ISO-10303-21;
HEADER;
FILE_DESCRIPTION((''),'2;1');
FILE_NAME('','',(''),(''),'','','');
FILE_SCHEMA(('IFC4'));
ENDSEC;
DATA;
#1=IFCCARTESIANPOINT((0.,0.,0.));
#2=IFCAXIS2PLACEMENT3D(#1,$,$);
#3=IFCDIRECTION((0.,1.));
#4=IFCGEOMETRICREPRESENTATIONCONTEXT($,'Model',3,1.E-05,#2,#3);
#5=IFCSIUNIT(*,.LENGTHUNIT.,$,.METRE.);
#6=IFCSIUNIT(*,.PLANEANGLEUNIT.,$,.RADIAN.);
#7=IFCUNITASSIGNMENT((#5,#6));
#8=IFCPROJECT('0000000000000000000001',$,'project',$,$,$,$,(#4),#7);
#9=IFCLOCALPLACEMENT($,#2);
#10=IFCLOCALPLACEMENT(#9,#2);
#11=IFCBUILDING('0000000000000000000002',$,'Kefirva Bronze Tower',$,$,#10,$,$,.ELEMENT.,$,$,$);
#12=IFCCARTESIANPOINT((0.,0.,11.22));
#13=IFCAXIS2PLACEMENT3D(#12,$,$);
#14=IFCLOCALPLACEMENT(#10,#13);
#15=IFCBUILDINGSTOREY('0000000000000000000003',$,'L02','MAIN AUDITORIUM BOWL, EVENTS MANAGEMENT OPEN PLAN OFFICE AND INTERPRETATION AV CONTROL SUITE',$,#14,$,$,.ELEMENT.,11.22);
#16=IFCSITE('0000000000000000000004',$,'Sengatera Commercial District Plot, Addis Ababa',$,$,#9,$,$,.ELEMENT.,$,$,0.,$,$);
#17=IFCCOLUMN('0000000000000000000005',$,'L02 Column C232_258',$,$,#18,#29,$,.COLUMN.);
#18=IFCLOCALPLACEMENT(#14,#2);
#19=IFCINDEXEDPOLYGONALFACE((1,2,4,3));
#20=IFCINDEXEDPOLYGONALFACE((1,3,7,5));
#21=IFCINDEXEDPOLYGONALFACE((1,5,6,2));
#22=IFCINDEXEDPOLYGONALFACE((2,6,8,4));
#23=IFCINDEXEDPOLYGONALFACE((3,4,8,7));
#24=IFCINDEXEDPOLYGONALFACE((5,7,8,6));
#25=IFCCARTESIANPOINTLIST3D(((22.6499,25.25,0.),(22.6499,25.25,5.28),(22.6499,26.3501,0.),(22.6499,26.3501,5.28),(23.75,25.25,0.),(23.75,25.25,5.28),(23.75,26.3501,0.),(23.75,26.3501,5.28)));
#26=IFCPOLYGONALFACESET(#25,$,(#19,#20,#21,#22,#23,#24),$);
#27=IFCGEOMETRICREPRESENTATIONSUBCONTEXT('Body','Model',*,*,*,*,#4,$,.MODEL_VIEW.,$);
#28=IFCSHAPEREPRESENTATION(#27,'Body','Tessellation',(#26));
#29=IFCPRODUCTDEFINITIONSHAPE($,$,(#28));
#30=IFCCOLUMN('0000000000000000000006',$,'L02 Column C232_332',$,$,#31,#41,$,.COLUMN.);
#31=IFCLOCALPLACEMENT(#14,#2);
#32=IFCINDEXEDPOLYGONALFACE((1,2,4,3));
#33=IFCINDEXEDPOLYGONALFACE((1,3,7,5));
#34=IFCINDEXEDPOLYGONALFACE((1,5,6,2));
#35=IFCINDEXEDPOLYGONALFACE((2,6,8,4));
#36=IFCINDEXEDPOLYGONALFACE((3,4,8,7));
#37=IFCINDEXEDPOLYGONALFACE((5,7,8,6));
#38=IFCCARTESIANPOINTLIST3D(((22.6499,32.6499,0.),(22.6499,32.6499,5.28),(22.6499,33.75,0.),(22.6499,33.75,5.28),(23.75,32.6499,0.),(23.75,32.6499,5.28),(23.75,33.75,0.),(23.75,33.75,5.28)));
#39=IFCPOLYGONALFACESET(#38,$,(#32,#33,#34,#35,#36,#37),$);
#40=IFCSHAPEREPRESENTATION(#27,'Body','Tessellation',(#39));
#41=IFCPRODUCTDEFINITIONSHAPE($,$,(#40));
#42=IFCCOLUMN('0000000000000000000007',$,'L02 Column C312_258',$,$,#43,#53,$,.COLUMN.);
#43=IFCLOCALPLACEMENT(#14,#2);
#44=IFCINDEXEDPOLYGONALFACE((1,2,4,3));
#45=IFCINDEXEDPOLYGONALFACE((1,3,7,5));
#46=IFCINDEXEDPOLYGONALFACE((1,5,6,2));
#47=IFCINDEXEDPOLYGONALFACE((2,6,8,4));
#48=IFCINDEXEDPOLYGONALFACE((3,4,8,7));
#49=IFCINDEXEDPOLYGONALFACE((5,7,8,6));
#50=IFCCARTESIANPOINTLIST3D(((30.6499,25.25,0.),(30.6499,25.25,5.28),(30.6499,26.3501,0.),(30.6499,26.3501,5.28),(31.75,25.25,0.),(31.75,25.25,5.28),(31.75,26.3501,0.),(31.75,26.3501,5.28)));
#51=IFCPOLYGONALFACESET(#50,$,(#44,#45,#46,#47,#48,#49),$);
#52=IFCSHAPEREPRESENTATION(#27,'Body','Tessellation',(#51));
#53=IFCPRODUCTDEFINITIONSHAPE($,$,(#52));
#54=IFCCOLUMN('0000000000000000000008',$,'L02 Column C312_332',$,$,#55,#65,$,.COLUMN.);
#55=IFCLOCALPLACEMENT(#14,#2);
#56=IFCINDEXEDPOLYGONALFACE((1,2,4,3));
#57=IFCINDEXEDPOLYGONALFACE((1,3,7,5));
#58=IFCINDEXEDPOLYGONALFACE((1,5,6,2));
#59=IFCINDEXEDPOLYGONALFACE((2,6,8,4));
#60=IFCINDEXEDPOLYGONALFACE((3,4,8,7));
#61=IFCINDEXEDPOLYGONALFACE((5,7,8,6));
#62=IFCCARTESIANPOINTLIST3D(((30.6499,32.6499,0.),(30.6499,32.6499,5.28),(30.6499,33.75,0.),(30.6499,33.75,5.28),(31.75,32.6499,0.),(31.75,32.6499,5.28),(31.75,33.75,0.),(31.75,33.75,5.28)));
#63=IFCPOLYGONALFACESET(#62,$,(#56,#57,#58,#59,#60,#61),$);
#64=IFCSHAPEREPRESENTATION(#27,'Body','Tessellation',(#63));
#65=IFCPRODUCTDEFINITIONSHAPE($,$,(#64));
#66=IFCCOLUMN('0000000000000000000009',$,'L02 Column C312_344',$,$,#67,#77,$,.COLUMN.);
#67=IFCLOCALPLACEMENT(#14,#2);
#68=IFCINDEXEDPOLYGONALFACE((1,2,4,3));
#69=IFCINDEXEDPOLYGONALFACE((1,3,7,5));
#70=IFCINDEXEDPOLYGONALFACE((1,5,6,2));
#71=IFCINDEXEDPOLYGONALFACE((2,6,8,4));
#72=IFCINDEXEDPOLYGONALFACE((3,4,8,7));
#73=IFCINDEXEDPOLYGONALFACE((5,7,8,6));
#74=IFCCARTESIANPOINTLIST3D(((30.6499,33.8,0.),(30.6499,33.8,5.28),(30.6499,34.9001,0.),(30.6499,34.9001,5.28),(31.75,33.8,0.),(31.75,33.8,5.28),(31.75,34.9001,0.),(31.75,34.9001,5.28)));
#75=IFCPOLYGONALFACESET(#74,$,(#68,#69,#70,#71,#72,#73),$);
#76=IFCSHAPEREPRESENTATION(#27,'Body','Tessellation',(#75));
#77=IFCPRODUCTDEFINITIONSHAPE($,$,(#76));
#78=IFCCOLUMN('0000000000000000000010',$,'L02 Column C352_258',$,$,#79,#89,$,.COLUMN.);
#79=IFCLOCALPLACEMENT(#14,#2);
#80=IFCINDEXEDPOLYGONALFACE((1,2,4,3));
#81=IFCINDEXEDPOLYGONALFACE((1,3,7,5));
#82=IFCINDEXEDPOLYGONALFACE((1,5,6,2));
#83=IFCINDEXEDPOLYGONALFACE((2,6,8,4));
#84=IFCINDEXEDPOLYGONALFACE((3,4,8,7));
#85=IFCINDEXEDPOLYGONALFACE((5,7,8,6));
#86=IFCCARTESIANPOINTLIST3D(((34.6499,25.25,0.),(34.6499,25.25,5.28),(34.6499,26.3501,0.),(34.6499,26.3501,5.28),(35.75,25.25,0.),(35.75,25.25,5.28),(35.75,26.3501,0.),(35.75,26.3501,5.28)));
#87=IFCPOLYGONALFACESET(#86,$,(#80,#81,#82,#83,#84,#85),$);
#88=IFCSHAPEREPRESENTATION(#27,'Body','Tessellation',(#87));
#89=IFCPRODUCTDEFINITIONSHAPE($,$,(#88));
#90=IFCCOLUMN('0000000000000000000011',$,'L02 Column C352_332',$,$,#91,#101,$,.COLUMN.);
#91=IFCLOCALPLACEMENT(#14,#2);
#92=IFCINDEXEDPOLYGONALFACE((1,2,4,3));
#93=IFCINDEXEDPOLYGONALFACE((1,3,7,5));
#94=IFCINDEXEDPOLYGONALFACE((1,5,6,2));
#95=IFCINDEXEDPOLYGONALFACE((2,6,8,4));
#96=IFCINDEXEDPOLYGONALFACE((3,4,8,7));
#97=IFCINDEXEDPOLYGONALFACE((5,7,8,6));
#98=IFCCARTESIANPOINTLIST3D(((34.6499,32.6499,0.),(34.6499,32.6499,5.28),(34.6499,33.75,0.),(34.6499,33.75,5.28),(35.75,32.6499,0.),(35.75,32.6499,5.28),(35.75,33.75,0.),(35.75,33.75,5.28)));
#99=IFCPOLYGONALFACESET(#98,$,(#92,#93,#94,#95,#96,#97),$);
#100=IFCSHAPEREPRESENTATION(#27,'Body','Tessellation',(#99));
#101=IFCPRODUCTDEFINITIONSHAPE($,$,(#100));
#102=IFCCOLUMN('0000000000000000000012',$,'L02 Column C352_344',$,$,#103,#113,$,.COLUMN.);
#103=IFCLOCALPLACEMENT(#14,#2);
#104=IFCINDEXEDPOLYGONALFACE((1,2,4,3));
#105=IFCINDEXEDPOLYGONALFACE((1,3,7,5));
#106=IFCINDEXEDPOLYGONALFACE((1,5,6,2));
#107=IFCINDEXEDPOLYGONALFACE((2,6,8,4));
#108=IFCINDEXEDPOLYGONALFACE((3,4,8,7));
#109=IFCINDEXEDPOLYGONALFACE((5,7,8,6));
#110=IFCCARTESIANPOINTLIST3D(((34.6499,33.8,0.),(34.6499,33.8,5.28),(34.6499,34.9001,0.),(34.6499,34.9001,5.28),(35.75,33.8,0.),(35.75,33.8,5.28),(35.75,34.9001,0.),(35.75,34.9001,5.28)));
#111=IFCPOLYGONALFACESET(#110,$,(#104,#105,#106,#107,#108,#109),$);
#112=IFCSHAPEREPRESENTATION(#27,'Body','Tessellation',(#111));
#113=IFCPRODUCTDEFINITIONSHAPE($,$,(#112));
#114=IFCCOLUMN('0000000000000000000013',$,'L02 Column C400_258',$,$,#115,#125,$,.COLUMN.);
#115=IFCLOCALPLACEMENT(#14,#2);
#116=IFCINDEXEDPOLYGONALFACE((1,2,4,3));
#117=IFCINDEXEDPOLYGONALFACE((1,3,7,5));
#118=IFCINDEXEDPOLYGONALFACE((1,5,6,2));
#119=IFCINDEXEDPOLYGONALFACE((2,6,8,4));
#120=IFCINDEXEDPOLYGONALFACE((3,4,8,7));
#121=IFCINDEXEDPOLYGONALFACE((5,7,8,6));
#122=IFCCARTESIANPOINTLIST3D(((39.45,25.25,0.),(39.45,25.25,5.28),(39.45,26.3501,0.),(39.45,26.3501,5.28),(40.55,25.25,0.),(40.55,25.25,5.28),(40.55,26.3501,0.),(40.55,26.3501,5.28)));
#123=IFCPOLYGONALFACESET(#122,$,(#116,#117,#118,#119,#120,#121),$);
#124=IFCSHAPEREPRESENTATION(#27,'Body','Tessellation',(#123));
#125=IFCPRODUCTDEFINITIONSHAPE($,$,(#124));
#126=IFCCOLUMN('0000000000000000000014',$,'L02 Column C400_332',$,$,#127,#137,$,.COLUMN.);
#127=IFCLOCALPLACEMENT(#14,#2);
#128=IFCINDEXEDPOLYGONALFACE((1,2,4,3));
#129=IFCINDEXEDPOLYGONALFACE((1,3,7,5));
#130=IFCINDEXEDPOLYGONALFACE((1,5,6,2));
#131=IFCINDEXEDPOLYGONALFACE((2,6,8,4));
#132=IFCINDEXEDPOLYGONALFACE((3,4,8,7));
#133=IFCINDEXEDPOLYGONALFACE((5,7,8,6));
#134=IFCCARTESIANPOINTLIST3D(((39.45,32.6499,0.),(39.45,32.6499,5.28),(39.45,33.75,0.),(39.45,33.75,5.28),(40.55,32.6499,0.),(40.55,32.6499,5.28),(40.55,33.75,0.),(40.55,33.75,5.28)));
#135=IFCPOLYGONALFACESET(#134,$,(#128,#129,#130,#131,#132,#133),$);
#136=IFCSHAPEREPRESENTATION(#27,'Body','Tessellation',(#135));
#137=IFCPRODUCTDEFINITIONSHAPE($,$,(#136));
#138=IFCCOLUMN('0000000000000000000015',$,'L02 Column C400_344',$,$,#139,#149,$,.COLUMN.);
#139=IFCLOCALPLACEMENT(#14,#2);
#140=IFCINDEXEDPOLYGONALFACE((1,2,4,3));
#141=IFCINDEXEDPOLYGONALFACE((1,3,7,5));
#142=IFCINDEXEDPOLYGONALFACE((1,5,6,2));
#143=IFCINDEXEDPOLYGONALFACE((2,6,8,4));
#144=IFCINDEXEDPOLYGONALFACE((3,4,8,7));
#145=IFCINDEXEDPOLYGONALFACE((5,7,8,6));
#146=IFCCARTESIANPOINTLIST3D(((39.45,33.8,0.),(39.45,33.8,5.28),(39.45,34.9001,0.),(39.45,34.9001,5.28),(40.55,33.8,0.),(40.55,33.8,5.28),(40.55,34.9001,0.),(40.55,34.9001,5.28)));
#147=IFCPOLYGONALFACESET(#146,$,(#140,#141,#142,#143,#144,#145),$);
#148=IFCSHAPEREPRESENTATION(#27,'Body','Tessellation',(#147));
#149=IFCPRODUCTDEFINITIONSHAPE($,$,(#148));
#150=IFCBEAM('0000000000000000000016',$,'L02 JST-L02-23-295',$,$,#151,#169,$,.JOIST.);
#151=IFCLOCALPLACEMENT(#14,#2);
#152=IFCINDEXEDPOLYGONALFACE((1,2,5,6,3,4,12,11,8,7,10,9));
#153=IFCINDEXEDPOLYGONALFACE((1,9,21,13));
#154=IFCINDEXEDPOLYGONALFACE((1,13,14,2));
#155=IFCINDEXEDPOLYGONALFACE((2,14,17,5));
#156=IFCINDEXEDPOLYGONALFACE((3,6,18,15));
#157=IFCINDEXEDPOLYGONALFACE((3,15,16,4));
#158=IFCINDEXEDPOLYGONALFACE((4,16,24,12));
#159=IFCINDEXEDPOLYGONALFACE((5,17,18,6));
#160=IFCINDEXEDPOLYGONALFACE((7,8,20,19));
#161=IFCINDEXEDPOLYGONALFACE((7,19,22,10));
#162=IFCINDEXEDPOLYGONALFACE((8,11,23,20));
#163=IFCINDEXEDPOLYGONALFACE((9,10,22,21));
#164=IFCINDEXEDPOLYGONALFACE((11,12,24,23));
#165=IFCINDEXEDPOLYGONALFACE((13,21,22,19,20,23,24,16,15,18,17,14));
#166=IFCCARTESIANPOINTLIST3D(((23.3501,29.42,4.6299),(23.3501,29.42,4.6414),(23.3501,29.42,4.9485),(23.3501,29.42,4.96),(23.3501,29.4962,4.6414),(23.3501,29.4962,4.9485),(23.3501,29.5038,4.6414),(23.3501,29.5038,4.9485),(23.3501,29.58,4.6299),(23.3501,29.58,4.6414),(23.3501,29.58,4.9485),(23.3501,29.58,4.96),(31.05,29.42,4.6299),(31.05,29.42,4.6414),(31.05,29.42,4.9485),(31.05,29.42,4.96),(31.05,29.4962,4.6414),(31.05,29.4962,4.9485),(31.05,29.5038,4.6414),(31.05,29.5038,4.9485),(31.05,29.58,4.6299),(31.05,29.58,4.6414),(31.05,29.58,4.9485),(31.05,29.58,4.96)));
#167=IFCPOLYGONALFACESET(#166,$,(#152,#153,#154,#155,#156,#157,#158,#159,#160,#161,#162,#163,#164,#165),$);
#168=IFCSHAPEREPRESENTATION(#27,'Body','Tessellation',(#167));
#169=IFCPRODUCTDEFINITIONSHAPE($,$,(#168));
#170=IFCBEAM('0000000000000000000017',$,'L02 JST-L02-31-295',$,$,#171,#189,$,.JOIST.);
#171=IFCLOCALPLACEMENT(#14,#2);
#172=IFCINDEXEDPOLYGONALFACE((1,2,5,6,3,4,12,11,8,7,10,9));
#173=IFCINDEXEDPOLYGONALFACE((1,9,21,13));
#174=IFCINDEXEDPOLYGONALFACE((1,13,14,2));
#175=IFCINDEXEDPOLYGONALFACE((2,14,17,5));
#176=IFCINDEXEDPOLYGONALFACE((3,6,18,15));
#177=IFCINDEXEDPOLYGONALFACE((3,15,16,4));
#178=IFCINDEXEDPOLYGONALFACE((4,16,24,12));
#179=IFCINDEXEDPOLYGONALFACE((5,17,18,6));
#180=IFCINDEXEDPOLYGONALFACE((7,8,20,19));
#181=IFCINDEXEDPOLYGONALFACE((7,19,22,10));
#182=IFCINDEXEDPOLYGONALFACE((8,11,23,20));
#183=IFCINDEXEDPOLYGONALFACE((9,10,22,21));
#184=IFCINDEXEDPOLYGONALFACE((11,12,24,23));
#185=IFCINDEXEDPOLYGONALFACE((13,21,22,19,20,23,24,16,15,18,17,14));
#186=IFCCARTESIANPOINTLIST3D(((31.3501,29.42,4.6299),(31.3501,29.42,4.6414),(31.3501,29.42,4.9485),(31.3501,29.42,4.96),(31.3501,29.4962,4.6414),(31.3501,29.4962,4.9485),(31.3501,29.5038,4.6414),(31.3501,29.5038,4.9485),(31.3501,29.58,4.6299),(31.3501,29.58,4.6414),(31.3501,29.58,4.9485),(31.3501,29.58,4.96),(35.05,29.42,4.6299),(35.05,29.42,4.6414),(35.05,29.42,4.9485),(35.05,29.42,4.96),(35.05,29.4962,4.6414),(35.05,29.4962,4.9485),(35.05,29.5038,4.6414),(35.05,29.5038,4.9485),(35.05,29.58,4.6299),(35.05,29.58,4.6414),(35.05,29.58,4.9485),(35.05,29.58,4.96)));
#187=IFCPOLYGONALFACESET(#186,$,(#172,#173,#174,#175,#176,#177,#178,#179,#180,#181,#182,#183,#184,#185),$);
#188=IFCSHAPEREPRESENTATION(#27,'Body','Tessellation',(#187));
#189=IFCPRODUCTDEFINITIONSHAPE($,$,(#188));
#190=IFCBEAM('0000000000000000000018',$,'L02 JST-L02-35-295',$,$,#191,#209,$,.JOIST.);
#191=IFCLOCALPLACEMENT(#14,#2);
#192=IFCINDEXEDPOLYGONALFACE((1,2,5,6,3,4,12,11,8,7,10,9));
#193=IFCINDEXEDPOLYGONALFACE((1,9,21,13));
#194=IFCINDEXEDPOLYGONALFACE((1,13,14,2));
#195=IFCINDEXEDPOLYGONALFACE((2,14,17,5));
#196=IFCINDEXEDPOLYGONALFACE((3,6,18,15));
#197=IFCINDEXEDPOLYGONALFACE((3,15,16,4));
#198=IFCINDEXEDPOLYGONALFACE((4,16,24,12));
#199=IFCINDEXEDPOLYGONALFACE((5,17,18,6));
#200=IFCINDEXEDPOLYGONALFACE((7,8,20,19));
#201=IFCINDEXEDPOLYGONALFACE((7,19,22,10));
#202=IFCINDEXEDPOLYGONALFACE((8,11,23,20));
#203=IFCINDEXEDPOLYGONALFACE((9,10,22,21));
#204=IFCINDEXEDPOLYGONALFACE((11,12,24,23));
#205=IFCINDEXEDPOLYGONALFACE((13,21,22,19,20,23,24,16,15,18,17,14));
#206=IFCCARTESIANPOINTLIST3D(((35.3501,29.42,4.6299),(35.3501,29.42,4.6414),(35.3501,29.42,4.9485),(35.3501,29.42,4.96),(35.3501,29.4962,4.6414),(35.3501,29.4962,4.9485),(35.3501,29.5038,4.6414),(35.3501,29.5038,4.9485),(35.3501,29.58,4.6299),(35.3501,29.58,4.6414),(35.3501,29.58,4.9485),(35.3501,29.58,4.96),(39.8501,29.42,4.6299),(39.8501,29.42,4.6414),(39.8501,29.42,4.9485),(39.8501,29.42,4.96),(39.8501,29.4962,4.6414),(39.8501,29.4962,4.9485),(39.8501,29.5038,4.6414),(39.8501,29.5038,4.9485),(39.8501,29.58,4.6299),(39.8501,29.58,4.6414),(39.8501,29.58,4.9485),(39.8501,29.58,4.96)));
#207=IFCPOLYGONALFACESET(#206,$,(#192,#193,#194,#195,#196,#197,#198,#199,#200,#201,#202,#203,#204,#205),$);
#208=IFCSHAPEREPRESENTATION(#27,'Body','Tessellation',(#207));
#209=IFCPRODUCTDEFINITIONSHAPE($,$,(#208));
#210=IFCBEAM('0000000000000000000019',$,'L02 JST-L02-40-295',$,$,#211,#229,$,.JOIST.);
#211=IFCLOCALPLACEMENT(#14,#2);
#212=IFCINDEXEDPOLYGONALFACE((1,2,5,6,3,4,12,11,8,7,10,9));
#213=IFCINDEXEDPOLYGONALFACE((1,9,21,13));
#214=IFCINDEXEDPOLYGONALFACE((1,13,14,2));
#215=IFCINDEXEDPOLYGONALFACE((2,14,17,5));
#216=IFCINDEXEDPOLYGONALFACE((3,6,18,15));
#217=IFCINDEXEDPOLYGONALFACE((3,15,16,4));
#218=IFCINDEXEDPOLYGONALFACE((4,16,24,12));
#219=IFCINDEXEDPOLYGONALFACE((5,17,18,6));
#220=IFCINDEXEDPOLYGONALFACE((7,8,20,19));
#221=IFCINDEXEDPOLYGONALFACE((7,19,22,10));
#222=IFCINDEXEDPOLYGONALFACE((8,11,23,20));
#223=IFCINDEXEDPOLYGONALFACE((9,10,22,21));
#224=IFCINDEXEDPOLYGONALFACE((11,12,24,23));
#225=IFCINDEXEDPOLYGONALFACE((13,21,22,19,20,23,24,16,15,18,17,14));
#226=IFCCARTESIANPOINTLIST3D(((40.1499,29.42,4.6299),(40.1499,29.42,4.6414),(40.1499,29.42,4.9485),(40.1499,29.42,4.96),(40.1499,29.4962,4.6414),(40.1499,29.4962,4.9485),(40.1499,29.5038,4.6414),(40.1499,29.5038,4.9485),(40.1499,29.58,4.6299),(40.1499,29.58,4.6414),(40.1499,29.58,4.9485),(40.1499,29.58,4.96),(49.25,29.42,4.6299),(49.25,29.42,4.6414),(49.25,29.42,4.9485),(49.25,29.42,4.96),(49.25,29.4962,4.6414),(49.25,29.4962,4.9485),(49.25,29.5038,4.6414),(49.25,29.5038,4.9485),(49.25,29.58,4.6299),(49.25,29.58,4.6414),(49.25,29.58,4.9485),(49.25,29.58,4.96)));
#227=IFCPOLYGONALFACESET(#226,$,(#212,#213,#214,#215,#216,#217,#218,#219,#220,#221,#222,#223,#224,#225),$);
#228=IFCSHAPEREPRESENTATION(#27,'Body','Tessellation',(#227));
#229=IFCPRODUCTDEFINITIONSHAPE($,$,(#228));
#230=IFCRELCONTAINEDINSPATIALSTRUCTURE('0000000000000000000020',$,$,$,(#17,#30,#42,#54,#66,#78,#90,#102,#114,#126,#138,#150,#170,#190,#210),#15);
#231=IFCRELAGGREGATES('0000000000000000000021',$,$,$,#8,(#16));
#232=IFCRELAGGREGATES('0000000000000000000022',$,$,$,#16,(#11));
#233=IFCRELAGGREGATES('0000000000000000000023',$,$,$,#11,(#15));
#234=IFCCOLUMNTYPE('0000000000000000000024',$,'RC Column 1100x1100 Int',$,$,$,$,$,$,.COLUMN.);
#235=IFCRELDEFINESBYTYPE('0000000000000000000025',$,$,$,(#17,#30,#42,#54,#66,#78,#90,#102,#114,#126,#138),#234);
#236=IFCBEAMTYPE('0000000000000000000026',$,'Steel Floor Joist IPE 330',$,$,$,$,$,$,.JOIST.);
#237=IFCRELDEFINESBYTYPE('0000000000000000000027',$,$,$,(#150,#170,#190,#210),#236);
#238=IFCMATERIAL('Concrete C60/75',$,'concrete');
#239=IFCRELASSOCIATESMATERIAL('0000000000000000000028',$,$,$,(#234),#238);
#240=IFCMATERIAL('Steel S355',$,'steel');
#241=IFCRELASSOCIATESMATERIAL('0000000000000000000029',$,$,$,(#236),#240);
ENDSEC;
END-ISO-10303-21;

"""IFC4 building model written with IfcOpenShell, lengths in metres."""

from ifc_helpers import new_model, si_unit, direction, frame, origin, origin_2d, place, context, subcontext, project, spatial, rectangle, i_section, extrude, material, material_profile, profile_set, type_object, element, save


model = new_model("IFC4")

# Units and contexts
model_context = context("Model", 3, precision=1e-05, world=origin(), true_north=direction((0.0, 1.0)))
body_context = subcontext(model_context, "Body", "Model", "MODEL_VIEW")
ifc_project = project(units=[si_unit("LENGTHUNIT", "METRE"), si_unit("PLANEANGLEUNIT", "RADIAN")], contexts=[model_context])

# Site, building, storey
site_placement = place(None, origin())
site = spatial("IfcSite", under=ifc_project, at=site_placement, Name="Sengatera Commercial District Plot, Addis Ababa", CompositionType="ELEMENT", RefElevation=0.0)
building_placement = place(site_placement, origin())
building = spatial("IfcBuilding", under=site, at=building_placement, Name="Kefirva Bronze Tower", CompositionType="ELEMENT")
storey_placement = place(building_placement, frame((0.0, 0.0, 11.22)))
storey = spatial("IfcBuildingStorey", under=building, at=storey_placement, Name="L02", Description="MAIN AUDITORIUM BOWL, EVENTS MANAGEMENT OPEN PLAN OFFICE AND INTERPRETATION AV CONTROL SUITE", CompositionType="ELEMENT", Elevation=11.22)

# Columns
ifc_material_1 = material(Name="Concrete C60/75", Category="concrete")
ifc_material_profile_1 = material_profile(ifc_material_1, rectangle(XDim=1.1001, YDim=1.1001, at=origin_2d()), Name="RC 1100x1100")
ifc_profile_set_1 = profile_set([ifc_material_profile_1], Name="Concrete C60/75")
column_type = type_object("IfcColumnType", Name="RC Column 1100x1100 Int", PredefinedType="COLUMN", material=ifc_profile_set_1)
for number, where, z_axis, x_axis, name in (
    (1, (23.2, 25.8, 0.0), (0.0, 0.0, 1.0), (1.0, 0.0, 0.0), "L02 Column C232_258"),
    (2, (23.2, 33.2, 0.0), (0.0, 0.0, 1.0), (1.0, 0.0, 0.0), "L02 Column C232_332"),
    (3, (31.2, 25.8, 0.0), (0.0, 0.0, 1.0), (1.0, 0.0, 0.0), "L02 Column C312_258"),
    (4, (31.2, 33.2, 0.0), (0.0, 0.0, 1.0), (1.0, 0.0, 0.0), "L02 Column C312_332"),
    (5, (31.2, 34.3501, 0.0), (0.0, 0.0, 1.0), (1.0, 0.0, 0.0), "L02 Column C312_344"),
    (6, (35.2, 25.8, 0.0), (0.0, 0.0, 1.0), (1.0, 0.0, 0.0), "L02 Column C352_258"),
    (7, (35.2, 33.2, 0.0), (0.0, 0.0, 1.0), (1.0, 0.0, 0.0), "L02 Column C352_332"),
    (8, (35.2, 34.3501, 0.0), (0.0, 0.0, 1.0), (1.0, 0.0, 0.0), "L02 Column C352_344"),
    (9, (40.0, 25.8, 0.0), (0.0, 0.0, 1.0), (1.0, 0.0, 0.0), "L02 Column C400_258"),
    (10, (40.0, 33.2, 0.0), (0.0, 0.0, 1.0), (1.0, 0.0, 0.0), "L02 Column C400_332"),
    (11, (40.0, 34.3501, 0.0), (0.0, 0.0, 1.0), (1.0, 0.0, 0.0), "L02 Column C400_344"),
):
    element("IfcColumn", number, at=place(storey_placement, frame(where, z_axis=z_axis, x_axis=x_axis)), inside=storey, type_object=column_type, Name=name, PredefinedType="COLUMN", context=body_context, shape_type="SweptSolid", body=[
        extrude(rectangle(XDim=1.1001, YDim=1.1001, at=origin_2d()), origin(), (0.0, 0.0, 1.0), 5.28),
    ])

# Beams
ifc_material_2 = material(Name="Steel S355", Category="steel")
ifc_material_profile_2 = material_profile(ifc_material_2, i_section(OverallWidth=0.1599, OverallDepth=0.3301, WebThickness=0.0076, FlangeThickness=0.0115, at=origin_2d()), Name="IPE 330")
ifc_profile_set_2 = profile_set([ifc_material_profile_2], Name="Steel S355")
beam_type_1 = type_object("IfcBeamType", Name="Steel Floor Joist IPE 330", PredefinedType="JOIST", material=ifc_profile_set_2)
beam_1_placement = place(storey_placement, frame((23.3501, 29.5, 4.7949), z_axis=(1.0, 0.0, 0.0), x_axis=(0.0, 1.0, 0.0)))
element("IfcBeam", 12, at=beam_1_placement, inside=storey, type_object=beam_type_1, Name="L02 JST-L02-23-295", PredefinedType="JOIST", context=body_context, shape_type="SweptSolid", body=[
    extrude(i_section(OverallWidth=0.1599, OverallDepth=0.3301, WebThickness=0.0076, FlangeThickness=0.0115, at=origin_2d()), origin(), (0.0, 0.0, 1.0), 7.7),
])
beam_2_placement = place(storey_placement, frame((31.3501, 29.5, 4.7949), z_axis=(1.0, 0.0, 0.0), x_axis=(0.0, 1.0, 0.0)))
element("IfcBeam", 13, at=beam_2_placement, inside=storey, type_object=beam_type_1, Name="L02 JST-L02-31-295", PredefinedType="JOIST", context=body_context, shape_type="SweptSolid", body=[
    extrude(i_section(OverallWidth=0.1599, OverallDepth=0.3301, WebThickness=0.0076, FlangeThickness=0.0115, at=origin_2d()), origin(), (0.0, 0.0, 1.0), 3.7),
])
beam_3_placement = place(storey_placement, frame((35.3501, 29.5, 4.7949), z_axis=(1.0, 0.0, 0.0), x_axis=(0.0, 1.0, 0.0)))
element("IfcBeam", 14, at=beam_3_placement, inside=storey, type_object=beam_type_1, Name="L02 JST-L02-35-295", PredefinedType="JOIST", context=body_context, shape_type="SweptSolid", body=[
    extrude(i_section(OverallWidth=0.1599, OverallDepth=0.3301, WebThickness=0.0076, FlangeThickness=0.0115, at=origin_2d()), origin(), (0.0, 0.0, 1.0), 4.5),
])
beam_4_placement = place(storey_placement, frame((40.1499, 29.5, 4.7949), z_axis=(1.0, 0.0, 0.0), x_axis=(0.0, 1.0, 0.0)))
element("IfcBeam", 15, at=beam_4_placement, inside=storey, type_object=beam_type_1, Name="L02 JST-L02-40-295", PredefinedType="JOIST", context=body_context, shape_type="SweptSolid", body=[
    extrude(i_section(OverallWidth=0.1599, OverallDepth=0.3301, WebThickness=0.0076, FlangeThickness=0.0115, at=origin_2d()), origin(), (0.0, 0.0, 1.0), 9.1001),
])

save(model, "model.ifc")
